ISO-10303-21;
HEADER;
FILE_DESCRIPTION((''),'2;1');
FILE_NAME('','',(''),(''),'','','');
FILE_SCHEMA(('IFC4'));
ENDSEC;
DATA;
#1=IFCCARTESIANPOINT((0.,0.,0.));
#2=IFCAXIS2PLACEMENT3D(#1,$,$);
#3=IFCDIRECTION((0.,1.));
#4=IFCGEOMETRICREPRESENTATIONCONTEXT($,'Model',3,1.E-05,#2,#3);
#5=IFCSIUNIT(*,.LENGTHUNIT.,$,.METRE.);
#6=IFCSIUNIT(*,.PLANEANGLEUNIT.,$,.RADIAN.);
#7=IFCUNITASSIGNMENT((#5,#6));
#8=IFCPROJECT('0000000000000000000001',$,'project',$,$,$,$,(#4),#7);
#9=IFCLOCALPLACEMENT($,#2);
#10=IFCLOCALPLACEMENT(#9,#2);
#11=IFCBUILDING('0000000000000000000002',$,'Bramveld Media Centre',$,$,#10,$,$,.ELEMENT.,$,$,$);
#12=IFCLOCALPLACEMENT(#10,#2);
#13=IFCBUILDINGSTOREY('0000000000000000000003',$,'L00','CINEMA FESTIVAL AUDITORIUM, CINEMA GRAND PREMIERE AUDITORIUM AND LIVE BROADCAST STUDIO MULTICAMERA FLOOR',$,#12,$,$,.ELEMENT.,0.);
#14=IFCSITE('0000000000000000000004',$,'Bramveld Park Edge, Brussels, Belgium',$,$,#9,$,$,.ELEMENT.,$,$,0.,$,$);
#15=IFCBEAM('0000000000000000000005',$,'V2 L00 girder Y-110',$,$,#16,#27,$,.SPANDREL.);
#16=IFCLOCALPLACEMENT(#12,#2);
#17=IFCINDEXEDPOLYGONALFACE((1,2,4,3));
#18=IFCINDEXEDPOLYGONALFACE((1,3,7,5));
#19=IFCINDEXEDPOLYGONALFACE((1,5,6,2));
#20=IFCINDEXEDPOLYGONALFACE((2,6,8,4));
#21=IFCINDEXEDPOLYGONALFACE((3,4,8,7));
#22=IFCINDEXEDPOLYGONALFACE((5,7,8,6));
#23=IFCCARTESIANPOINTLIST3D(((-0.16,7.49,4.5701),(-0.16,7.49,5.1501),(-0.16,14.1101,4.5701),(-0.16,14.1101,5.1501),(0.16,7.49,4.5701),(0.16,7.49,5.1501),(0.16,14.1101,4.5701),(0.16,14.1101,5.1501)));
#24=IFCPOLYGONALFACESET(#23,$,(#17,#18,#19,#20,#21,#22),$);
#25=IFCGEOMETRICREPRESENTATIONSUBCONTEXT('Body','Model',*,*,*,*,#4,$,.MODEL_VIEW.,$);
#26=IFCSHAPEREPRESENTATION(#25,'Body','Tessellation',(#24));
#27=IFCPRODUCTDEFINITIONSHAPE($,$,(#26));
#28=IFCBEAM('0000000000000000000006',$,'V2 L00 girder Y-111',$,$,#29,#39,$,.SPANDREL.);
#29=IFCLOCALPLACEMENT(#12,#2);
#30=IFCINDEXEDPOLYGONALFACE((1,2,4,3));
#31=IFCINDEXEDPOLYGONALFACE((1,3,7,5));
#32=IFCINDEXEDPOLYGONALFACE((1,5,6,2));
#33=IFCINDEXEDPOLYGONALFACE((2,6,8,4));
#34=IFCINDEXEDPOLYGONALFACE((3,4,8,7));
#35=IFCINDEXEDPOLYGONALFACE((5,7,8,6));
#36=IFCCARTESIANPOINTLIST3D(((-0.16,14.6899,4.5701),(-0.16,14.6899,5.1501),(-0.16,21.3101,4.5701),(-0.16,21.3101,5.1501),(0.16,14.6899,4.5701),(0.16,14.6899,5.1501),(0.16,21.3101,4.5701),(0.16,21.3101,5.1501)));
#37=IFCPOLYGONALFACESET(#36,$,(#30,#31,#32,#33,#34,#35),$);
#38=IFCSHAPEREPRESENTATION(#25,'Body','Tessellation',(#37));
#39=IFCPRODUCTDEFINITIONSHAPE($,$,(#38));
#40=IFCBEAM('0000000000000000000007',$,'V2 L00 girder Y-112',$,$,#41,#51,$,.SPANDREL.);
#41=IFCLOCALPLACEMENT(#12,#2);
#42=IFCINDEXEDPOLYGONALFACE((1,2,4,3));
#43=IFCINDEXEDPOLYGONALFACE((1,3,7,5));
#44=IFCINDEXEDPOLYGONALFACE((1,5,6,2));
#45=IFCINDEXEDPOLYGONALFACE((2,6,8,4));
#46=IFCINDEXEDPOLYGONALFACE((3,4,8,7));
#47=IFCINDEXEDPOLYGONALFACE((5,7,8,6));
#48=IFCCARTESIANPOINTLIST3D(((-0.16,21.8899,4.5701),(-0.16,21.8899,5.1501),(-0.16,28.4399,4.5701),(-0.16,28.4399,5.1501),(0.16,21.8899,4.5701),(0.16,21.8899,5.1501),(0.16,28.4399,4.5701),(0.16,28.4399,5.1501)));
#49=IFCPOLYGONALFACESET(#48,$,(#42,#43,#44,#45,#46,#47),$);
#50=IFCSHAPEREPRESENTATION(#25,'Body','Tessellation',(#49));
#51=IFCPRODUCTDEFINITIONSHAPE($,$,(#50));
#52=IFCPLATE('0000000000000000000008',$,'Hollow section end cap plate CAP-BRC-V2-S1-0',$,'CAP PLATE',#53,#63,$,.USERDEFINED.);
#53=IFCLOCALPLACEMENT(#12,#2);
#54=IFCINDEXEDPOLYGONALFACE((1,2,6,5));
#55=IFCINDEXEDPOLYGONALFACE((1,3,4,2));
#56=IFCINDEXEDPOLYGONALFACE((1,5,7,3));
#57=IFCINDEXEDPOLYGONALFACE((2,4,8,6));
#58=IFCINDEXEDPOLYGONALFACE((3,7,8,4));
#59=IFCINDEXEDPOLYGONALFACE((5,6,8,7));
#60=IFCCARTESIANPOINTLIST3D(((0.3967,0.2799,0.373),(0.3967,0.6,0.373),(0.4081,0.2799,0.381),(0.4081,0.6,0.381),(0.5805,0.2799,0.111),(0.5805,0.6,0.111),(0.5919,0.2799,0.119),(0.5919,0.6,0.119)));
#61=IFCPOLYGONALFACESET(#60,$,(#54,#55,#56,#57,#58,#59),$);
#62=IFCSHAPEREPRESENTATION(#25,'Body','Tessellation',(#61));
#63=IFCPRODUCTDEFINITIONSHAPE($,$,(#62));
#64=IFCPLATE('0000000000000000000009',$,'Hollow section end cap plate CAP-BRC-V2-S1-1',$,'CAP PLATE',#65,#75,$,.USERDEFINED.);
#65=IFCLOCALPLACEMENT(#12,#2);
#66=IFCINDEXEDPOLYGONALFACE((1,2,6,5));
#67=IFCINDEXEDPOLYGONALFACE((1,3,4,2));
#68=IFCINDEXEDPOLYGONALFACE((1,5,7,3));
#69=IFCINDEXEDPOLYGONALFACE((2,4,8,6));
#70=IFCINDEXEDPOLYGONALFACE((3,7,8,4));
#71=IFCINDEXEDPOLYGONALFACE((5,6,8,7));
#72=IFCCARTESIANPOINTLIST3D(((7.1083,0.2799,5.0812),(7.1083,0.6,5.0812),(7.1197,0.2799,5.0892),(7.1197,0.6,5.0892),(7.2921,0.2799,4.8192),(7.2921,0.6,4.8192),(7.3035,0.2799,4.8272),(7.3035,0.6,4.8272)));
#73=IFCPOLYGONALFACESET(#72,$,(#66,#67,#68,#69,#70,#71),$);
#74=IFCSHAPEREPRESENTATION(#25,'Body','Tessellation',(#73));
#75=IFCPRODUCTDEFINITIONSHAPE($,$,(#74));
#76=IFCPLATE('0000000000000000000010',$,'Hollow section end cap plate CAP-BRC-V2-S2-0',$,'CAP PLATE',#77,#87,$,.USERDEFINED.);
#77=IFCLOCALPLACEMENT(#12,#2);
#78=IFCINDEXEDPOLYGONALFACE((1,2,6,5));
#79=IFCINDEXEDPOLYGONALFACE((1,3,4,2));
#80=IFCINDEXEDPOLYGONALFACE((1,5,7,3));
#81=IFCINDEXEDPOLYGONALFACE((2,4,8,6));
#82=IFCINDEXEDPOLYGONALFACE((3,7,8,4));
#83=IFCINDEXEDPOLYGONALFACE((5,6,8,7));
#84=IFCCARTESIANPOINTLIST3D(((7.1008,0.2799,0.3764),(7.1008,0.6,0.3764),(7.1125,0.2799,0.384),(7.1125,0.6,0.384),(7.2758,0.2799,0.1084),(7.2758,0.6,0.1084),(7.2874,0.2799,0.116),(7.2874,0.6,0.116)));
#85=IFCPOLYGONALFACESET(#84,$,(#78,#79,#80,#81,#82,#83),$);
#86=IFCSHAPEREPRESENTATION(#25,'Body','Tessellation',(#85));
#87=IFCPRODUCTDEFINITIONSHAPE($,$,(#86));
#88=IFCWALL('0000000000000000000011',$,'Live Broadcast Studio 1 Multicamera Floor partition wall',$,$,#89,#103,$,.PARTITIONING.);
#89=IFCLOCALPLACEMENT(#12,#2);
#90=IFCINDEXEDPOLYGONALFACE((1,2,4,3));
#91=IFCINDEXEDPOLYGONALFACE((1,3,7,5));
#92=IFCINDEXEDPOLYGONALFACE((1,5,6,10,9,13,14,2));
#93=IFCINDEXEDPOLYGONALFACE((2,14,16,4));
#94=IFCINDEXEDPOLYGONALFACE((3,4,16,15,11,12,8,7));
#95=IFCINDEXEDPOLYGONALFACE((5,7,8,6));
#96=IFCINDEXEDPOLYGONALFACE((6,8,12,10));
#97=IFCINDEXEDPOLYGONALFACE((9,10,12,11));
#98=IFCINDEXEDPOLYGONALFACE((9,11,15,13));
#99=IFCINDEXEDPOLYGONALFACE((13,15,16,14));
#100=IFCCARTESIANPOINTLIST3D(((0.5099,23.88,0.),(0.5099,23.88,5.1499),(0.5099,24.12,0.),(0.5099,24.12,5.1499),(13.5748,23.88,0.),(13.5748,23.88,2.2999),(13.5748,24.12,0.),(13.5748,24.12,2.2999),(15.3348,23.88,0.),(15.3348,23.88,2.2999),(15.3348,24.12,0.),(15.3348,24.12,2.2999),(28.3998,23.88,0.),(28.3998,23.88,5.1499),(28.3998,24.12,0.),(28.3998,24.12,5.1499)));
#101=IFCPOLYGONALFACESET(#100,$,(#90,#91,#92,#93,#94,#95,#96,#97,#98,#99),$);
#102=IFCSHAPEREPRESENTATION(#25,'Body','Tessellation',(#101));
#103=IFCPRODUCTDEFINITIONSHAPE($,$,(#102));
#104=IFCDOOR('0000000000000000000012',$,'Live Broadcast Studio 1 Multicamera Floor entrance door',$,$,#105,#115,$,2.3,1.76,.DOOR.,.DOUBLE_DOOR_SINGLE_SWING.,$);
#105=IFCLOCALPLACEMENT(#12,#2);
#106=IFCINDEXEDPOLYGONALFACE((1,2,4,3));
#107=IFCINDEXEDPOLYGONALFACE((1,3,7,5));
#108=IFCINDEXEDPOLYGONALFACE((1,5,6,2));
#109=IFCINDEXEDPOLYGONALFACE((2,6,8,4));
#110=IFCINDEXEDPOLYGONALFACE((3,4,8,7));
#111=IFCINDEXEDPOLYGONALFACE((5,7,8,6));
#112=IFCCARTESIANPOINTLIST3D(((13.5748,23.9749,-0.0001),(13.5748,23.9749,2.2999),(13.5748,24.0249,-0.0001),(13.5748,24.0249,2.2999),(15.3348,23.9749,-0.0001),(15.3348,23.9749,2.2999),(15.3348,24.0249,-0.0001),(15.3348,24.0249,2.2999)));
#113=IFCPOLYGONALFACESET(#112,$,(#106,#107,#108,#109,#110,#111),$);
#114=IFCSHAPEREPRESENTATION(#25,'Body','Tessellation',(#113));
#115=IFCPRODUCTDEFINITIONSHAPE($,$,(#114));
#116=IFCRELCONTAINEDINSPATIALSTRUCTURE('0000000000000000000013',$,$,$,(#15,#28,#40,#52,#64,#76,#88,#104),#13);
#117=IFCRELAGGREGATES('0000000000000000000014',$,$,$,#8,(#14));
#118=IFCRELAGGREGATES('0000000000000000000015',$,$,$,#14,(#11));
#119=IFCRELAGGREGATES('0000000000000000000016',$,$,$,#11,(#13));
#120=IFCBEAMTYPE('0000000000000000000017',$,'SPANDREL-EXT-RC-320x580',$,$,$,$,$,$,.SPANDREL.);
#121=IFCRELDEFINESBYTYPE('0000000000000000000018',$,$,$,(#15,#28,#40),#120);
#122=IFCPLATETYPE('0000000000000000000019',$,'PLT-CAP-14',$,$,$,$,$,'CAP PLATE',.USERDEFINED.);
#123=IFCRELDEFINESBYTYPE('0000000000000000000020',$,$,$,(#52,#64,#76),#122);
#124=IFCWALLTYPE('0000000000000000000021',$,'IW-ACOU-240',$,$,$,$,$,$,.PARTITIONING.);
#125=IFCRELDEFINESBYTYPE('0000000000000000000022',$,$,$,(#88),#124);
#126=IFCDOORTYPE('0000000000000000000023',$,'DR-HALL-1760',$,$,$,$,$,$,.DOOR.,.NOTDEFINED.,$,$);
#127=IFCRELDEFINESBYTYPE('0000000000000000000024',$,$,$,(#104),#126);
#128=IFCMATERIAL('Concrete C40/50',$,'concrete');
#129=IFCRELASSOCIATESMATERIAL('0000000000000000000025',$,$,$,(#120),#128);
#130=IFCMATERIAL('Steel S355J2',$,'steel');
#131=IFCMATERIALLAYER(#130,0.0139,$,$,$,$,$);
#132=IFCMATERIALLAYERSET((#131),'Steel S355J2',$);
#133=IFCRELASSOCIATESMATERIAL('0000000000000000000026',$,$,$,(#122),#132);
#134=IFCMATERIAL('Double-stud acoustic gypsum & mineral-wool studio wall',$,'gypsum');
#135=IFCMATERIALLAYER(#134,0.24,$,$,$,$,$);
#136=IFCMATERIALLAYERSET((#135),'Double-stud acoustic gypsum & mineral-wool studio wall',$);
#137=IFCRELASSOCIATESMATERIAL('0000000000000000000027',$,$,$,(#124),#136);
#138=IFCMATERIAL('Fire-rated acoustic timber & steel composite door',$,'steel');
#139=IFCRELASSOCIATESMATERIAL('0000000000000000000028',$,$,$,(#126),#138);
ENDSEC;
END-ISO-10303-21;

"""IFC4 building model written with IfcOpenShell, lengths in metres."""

from ifc_helpers import new_model, si_unit, direction, frame, frame_2d, origin, origin_2d, place, context, subcontext, project, spatial, rectangle, extrude, material, layer, layer_set, material_profile, profile_set, type_object, element, fill, save


model = new_model("IFC4")

# Units and contexts
model_context = context("Model", 3, precision=1e-05, world=origin(), true_north=direction((0.0, 1.0)))
body_context = subcontext(model_context, "Body", "Model", "MODEL_VIEW")
ifc_project = project(units=[si_unit("LENGTHUNIT", "METRE"), si_unit("PLANEANGLEUNIT", "RADIAN")], contexts=[model_context])

# Site, building, storey
site_placement = place(None, origin())
site = spatial("IfcSite", under=ifc_project, at=site_placement, Name="Bramveld Park Edge, Brussels, Belgium", CompositionType="ELEMENT", RefElevation=0.0)
building_placement = place(site_placement, origin())
building = spatial("IfcBuilding", under=site, at=building_placement, Name="Bramveld Media Centre", CompositionType="ELEMENT")
storey_placement = place(building_placement, origin())
storey = spatial("IfcBuildingStorey", under=building, at=storey_placement, Name="L00", Description="CINEMA FESTIVAL AUDITORIUM, CINEMA GRAND PREMIERE AUDITORIUM AND LIVE BROADCAST STUDIO MULTICAMERA FLOOR", CompositionType="ELEMENT", Elevation=0.0)

# Beams
ifc_material_1 = material(Name="Concrete C40/50", Category="concrete")
ifc_material_profile_1 = material_profile(ifc_material_1, rectangle(XDim=0.3201, YDim=0.5801, at=origin_2d()), Name="RC 320x580")
ifc_profile_set_1 = profile_set([ifc_material_profile_1], Name="Concrete C40/50")
beam_type = type_object("IfcBeamType", Name="SPANDREL-EXT-RC-320x580", PredefinedType="SPANDREL", material=ifc_profile_set_1)
for number, where, z_axis, x_axis, name in (
    (1, (0.0, 7.49, 4.8601), (0.0, 1.0, 0.0), (-1.0, 0.0, 0.0), "V2 L00 girder Y-110"),
    (2, (0.0, 14.6899, 4.8601), (0.0, 1.0, 0.0), (-1.0, 0.0, 0.0), "V2 L00 girder Y-111"),
):
    element("IfcBeam", number, at=place(storey_placement, frame(where, z_axis=z_axis, x_axis=x_axis)), inside=storey, type_object=beam_type, Name=name, PredefinedType="SPANDREL", context=body_context, shape_type="SweptSolid", body=[
        extrude(rectangle(XDim=0.3201, YDim=0.5801, at=origin_2d()), origin(), (0.0, 0.0, 1.0), 6.6201),
    ])
beam_placement = place(storey_placement, frame((0.0, 21.8899, 4.8601), z_axis=(0.0, 1.0, 0.0), x_axis=(-1.0, 0.0, 0.0)))
element("IfcBeam", 3, at=beam_placement, inside=storey, type_object=beam_type, Name="V2 L00 girder Y-112", PredefinedType="SPANDREL", context=body_context, shape_type="SweptSolid", body=[
    extrude(rectangle(XDim=0.3201, YDim=0.5801, at=origin_2d()), origin(), (0.0, 0.0, 1.0), 6.55),
])

# Plates
ifc_material_2 = material(Name="Steel S355J2", Category="steel")
ifc_layer_1 = layer(ifc_material_2, 0.0139)
ifc_layer_set_1 = layer_set([ifc_layer_1], Name="Steel S355J2")
plate_type = type_object("IfcPlateType", Name="PLT-CAP-14", ElementType="CAP PLATE", PredefinedType="USERDEFINED", material=ifc_layer_set_1)
for number, where, z_axis, x_axis, name in (
    (4, (0.5, 0.4399, 0.25), (-0.818657, 0.0, -0.574282), (0.0, -1.0, 0.0), "Hollow section end cap plate CAP-BRC-V2-S1-0"),
    (5, (7.2002, 0.4399, 4.9502), (0.818657, 0.0, 0.574282), (0.0, 1.0, 0.0), "Hollow section end cap plate CAP-BRC-V2-S1-1"),
    (6, (7.2, 0.4399, 0.25), (-0.837379, 0.0, -0.546623), (0.0, -1.0, 0.0), "Hollow section end cap plate CAP-BRC-V2-S2-0"),
):
    element("IfcPlate", number, at=place(storey_placement, frame(where, z_axis=z_axis, x_axis=x_axis)), inside=storey, type_object=plate_type, Name=name, ObjectType="CAP PLATE", PredefinedType="USERDEFINED", context=body_context, shape_type="SweptSolid", body=[
        extrude(rectangle(XDim=0.3201, YDim=0.3201, at=origin_2d()), origin(), (0.0, 0.0, 1.0), 0.0139),
    ])

# Wall, opening, door
ifc_material_3 = material(Name="Double-stud acoustic gypsum & mineral-wool studio wall", Category="gypsum")
ifc_layer_2 = layer(ifc_material_3, 0.24)
ifc_layer_set_2 = layer_set([ifc_layer_2], Name="Double-stud acoustic gypsum & mineral-wool studio wall")
wall_type = type_object("IfcWallType", Name="IW-ACOU-240", PredefinedType="PARTITIONING", material=ifc_layer_set_2)
wall_placement = place(storey_placement, frame((0.51, 24.0, 0.0), z_axis=(0.0, 0.0, 1.0), x_axis=(1.0, 0.0, 0.0)))
wall = element("IfcWall", 7, at=wall_placement, inside=storey, type_object=wall_type, Name="Live Broadcast Studio 1 Multicamera Floor partition wall", PredefinedType="PARTITIONING", context=body_context, shape_type="SweptSolid", body=[
    extrude(rectangle(XDim=27.8899, YDim=0.24, at=frame_2d((13.9448, 0.0))), origin(), (0.0, 0.0, 1.0), 5.1499),
])
opening_placement = place(wall_placement, frame((13.0649, 0.0, 0.0)))
opening = element("IfcOpeningElement", 8, at=opening_placement, cuts=wall, PredefinedType="OPENING", context=body_context, shape_type="SweptSolid", body=[
    extrude(rectangle(XDim=1.76, YDim=2.3, at=frame_2d((0.8799, 1.1499))), frame((0.0, 0.1318, 0.0), z_axis=(0.0, -1.0, 0.0), x_axis=(1.0, 0.0, 0.0)), (0.0, 0.0, 1.0), 0.2639),
])
ifc_material_4 = material(Name="Fire-rated acoustic timber & steel composite door", Category="steel")
door_type = type_object("IfcDoorType", Name="DR-HALL-1760", OperationType="NOTDEFINED", PredefinedType="DOOR", material=ifc_material_4)
door_placement = place(opening_placement, origin())
door = element("IfcDoor", 9, at=door_placement, inside=storey, type_object=door_type, Name="Live Broadcast Studio 1 Multicamera Floor entrance door", OperationType="DOUBLE_DOOR_SINGLE_SWING", OverallHeight=2.3, OverallWidth=1.76, PredefinedType="DOOR", context=body_context, shape_type="SweptSolid", body=[
    extrude(rectangle(XDim=1.76, YDim=2.3, at=frame_2d((0.8799, 1.1499))), frame((0.0, 0.0249, 0.0), z_axis=(0.0, -1.0, 0.0), x_axis=(1.0, 0.0, 0.0)), (0.0, 0.0, 1.0), 0.05),
])
fill(opening, door)

save(model, "model.ifc")
